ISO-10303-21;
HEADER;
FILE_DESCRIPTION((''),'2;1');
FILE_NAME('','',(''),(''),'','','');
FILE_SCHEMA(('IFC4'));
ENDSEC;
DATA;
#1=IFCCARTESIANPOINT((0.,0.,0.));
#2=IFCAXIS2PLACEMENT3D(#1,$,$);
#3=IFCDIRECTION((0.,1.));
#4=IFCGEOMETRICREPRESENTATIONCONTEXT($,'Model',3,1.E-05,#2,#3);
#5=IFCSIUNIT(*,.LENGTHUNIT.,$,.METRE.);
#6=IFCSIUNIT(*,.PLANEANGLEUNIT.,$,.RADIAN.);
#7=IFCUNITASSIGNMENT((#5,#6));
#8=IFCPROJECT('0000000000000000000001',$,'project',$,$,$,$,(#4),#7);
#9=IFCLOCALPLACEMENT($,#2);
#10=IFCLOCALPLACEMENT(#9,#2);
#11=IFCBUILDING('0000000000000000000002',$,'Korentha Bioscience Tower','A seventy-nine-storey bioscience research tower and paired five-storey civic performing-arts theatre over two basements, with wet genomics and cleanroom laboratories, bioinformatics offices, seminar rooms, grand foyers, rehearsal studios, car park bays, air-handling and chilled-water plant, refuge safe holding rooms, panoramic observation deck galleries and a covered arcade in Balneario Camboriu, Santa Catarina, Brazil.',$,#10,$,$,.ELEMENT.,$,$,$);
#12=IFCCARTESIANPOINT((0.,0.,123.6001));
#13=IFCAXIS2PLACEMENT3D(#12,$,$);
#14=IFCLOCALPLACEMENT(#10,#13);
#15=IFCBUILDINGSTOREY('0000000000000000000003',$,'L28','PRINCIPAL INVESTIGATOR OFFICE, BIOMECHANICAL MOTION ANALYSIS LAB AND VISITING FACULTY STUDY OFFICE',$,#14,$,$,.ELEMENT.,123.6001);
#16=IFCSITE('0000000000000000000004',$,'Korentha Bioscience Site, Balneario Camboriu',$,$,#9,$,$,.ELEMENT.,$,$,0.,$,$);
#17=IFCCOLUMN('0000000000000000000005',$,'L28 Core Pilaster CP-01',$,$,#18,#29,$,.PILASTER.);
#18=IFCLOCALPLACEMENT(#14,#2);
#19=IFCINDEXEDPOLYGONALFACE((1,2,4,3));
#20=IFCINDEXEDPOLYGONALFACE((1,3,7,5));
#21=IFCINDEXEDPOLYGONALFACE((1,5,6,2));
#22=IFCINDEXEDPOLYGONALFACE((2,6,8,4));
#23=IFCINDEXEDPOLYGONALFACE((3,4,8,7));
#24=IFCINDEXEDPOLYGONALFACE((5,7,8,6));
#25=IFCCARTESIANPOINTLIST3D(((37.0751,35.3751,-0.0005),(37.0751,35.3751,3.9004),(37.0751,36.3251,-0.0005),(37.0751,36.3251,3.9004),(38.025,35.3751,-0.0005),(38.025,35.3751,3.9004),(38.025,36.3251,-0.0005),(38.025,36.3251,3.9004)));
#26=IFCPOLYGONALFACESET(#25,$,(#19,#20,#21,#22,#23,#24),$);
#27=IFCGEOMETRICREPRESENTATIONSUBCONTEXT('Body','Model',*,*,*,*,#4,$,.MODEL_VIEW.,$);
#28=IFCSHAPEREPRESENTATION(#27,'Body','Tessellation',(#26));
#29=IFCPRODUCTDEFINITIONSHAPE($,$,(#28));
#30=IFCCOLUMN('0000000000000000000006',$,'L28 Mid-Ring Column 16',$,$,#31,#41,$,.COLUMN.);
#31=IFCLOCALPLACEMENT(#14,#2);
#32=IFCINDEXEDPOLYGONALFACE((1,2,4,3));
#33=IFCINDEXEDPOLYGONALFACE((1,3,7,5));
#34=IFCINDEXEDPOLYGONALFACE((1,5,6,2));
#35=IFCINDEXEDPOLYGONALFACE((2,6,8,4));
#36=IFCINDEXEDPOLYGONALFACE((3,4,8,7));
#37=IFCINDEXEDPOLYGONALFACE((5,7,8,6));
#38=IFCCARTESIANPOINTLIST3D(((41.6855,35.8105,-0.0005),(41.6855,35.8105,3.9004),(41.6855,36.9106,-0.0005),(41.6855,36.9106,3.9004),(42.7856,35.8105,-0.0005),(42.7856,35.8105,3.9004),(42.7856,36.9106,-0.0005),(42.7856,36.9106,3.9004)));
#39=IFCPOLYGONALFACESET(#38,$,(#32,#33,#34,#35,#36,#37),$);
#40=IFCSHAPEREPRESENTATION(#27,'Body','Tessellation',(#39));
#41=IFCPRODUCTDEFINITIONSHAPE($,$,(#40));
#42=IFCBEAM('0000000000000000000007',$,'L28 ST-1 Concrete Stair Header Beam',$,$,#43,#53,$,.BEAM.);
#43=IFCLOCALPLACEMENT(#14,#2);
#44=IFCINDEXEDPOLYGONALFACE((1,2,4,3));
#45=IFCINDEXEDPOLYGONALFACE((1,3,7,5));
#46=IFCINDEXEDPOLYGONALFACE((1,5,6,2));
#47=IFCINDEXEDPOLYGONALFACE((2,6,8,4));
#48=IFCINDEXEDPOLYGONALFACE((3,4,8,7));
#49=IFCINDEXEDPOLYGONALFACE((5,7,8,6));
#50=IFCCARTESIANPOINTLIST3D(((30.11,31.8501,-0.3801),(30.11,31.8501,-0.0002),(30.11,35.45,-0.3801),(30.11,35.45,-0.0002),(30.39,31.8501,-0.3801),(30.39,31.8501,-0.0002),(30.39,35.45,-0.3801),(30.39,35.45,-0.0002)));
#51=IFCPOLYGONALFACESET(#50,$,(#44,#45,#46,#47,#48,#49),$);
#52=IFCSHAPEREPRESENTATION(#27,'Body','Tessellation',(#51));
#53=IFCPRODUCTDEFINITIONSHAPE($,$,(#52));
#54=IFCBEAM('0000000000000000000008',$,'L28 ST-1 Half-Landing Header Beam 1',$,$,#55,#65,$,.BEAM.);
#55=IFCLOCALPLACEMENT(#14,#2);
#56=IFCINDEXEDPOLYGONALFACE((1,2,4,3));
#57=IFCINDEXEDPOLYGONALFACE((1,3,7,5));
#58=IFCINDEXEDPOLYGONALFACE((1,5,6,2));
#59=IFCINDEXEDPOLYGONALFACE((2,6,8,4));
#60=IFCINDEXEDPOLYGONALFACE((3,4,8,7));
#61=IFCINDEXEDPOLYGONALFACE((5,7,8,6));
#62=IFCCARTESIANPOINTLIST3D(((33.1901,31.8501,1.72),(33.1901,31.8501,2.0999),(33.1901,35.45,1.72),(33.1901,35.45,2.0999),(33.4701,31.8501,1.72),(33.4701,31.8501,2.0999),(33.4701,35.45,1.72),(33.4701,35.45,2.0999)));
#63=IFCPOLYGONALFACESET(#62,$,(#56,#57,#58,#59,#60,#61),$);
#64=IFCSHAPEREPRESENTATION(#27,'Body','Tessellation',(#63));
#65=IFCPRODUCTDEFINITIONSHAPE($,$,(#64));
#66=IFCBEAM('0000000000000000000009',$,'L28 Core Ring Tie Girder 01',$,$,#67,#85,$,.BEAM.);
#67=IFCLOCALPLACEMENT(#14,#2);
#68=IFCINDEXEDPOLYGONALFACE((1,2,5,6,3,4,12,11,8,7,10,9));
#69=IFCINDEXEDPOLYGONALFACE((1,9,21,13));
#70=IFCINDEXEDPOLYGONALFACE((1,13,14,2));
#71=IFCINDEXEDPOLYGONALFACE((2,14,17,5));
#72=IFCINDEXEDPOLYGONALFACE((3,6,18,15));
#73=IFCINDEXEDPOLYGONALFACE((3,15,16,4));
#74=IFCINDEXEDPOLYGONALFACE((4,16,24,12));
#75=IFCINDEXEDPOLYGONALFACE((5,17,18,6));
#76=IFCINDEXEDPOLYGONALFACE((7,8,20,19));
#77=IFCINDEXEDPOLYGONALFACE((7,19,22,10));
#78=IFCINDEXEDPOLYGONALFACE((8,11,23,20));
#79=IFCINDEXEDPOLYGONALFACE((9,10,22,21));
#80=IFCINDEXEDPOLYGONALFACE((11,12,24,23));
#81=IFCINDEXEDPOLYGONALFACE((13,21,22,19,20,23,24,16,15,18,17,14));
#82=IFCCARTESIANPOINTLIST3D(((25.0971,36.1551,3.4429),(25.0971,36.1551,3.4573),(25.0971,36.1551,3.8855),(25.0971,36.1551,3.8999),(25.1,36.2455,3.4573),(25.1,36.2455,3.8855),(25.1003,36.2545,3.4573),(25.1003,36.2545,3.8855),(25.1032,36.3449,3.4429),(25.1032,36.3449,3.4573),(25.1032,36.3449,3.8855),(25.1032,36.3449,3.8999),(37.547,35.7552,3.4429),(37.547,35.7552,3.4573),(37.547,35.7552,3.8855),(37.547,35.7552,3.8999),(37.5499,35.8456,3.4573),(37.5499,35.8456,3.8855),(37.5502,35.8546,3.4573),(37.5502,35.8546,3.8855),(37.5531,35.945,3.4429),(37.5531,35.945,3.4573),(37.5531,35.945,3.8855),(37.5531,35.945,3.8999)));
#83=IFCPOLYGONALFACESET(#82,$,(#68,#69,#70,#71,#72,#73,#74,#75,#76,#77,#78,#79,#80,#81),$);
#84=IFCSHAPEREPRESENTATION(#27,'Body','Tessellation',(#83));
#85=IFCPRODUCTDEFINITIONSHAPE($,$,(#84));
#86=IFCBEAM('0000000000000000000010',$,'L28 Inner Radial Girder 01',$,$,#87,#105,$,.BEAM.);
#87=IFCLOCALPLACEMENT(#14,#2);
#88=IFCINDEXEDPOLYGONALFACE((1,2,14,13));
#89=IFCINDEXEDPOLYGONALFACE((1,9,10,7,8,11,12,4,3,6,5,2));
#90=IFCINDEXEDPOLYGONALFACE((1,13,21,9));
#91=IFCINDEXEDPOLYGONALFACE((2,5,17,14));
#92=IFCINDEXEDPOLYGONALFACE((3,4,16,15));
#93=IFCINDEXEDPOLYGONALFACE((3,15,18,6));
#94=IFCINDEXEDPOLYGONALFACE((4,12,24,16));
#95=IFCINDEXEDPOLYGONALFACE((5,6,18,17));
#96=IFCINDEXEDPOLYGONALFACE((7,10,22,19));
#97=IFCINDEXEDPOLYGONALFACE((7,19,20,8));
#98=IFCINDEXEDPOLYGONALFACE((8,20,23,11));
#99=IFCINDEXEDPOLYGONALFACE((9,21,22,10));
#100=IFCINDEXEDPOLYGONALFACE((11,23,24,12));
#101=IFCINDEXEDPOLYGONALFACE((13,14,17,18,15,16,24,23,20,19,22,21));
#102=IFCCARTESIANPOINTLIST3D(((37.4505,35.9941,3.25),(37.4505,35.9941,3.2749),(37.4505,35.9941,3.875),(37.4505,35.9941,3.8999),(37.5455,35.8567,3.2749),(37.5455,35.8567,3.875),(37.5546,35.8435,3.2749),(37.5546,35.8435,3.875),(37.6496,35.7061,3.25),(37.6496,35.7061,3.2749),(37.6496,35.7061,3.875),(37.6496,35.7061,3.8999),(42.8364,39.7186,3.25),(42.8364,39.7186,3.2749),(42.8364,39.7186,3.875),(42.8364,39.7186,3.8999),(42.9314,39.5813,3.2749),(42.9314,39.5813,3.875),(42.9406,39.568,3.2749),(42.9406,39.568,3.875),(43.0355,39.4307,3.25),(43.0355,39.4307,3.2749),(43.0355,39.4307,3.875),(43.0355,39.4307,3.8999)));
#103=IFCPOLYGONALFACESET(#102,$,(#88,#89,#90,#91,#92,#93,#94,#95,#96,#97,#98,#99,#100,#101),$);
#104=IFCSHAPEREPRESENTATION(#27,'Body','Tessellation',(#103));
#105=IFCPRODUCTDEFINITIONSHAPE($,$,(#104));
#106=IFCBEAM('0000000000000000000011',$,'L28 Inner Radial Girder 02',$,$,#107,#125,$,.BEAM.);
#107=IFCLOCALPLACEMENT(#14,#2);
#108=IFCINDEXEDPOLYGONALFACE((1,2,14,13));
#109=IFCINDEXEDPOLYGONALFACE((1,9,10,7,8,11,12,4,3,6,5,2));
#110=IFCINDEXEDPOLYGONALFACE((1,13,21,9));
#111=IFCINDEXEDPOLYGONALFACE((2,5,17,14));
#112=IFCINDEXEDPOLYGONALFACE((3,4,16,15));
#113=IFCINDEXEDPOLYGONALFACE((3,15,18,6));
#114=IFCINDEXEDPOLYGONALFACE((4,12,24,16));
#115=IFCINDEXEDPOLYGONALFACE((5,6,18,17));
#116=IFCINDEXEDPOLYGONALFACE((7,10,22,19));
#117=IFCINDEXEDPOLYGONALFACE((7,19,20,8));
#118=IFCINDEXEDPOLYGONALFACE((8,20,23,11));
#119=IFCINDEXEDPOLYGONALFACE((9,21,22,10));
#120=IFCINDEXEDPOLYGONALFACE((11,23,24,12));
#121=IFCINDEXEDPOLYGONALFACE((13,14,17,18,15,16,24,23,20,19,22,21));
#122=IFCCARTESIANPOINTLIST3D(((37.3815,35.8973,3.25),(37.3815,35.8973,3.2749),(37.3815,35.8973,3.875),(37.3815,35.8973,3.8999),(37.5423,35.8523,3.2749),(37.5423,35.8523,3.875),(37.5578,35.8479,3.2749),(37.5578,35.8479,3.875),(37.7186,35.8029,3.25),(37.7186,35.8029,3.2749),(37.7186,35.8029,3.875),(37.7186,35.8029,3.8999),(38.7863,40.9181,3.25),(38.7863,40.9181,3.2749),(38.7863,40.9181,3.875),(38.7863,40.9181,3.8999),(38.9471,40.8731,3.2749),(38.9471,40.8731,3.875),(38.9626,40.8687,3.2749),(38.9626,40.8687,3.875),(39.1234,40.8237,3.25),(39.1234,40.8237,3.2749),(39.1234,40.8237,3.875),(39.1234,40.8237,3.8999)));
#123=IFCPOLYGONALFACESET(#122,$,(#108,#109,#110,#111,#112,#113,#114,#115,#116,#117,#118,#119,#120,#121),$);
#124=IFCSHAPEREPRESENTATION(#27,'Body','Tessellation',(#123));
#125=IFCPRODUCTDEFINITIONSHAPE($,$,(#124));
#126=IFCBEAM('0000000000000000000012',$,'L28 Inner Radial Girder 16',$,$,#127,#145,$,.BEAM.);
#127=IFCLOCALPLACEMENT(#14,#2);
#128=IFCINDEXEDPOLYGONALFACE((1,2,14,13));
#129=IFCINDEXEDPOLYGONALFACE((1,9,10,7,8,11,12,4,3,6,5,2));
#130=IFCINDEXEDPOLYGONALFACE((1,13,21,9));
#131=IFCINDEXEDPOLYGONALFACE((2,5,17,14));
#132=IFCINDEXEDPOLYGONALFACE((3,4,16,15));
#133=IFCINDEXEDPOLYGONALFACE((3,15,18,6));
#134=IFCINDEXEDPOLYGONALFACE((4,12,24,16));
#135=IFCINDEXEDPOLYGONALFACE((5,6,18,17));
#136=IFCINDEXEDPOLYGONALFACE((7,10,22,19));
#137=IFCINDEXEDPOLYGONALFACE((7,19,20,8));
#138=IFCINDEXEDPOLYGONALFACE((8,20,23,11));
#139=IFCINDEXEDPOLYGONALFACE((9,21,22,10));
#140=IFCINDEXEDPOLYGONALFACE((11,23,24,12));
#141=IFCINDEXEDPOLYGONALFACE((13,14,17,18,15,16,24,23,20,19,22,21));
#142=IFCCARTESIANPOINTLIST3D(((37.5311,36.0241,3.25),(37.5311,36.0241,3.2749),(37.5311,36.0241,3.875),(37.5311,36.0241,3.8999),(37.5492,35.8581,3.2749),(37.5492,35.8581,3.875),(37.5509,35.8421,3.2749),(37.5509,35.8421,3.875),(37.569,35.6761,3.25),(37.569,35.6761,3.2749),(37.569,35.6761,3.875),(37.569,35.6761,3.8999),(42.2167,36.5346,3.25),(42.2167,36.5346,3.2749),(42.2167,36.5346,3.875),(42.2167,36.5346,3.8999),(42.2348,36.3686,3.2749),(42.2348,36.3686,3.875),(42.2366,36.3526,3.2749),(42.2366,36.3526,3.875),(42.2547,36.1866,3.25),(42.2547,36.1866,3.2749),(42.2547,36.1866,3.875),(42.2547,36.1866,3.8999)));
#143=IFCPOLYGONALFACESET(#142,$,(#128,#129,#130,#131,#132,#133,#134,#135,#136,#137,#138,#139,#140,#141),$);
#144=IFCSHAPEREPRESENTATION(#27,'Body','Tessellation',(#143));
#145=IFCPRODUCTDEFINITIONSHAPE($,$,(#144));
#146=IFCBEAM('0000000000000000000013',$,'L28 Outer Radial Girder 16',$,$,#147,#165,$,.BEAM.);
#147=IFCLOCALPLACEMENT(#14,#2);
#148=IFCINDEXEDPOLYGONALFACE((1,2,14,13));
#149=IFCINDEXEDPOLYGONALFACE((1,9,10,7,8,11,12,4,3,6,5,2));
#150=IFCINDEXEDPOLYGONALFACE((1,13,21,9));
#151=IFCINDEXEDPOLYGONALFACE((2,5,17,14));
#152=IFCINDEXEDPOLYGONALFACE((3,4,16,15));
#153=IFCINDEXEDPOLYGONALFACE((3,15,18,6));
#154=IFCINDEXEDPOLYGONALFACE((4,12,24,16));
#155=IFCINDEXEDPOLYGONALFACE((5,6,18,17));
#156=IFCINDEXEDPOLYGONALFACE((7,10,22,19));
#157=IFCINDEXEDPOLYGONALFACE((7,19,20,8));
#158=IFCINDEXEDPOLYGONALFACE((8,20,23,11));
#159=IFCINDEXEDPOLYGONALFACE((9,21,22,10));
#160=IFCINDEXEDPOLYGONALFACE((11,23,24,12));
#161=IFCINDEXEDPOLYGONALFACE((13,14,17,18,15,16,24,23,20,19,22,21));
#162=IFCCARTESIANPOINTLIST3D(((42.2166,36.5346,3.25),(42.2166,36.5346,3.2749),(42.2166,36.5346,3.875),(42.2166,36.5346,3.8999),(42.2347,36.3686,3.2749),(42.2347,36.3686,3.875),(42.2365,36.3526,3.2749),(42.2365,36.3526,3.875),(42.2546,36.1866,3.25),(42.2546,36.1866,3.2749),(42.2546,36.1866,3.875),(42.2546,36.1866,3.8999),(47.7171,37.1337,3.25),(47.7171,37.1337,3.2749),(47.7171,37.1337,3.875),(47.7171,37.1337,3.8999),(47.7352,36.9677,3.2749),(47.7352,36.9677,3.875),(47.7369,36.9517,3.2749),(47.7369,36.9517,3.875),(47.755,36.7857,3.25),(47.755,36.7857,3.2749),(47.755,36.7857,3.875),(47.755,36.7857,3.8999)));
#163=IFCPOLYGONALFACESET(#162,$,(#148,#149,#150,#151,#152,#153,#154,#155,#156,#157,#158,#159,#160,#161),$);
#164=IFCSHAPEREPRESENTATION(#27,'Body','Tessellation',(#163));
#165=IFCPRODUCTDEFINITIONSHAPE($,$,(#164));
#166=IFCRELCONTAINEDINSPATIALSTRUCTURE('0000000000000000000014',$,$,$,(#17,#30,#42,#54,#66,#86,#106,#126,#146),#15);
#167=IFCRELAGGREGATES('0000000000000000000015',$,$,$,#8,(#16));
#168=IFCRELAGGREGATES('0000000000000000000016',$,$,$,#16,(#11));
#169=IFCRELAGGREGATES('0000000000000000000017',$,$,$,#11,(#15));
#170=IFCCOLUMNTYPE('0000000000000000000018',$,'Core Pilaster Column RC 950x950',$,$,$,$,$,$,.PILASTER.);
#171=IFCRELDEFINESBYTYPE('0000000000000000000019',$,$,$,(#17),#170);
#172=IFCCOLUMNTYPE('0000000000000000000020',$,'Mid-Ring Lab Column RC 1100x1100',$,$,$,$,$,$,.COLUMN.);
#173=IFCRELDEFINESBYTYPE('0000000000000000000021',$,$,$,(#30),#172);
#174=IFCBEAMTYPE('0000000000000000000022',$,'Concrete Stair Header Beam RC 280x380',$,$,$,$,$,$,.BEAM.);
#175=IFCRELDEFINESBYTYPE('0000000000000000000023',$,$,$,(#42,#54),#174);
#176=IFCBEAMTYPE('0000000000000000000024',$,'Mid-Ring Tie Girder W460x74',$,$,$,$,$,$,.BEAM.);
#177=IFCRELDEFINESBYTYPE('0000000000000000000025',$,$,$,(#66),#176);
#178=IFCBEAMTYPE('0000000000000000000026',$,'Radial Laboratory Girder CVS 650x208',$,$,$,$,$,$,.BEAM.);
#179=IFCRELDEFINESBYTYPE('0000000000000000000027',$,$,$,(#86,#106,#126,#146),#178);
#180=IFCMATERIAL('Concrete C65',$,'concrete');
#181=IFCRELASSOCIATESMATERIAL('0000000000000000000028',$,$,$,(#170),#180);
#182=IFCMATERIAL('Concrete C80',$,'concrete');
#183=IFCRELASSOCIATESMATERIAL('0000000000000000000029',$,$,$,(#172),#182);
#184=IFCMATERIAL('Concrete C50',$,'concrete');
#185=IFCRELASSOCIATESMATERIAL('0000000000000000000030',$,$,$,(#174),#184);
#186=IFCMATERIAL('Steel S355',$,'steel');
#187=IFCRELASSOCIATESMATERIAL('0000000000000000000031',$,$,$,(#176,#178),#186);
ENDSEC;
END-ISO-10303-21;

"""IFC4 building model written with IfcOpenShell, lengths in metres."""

from ifc_helpers import new_model, si_unit, direction, frame, origin, origin_2d, place, context, subcontext, project, spatial, rectangle, i_section, extrude, material, material_profile, profile_set, type_object, element, save


model = new_model("IFC4")

# Units and contexts
model_context = context("Model", 3, precision=1e-05, world=origin(), true_north=direction((0.0, 1.0)))
body_context = subcontext(model_context, "Body", "Model", "MODEL_VIEW")
ifc_project = project(units=[si_unit("LENGTHUNIT", "METRE"), si_unit("PLANEANGLEUNIT", "RADIAN")], contexts=[model_context])

# Site, building, storey
site_placement = place(None, origin())
site = spatial("IfcSite", under=ifc_project, at=site_placement, Name="Korentha Bioscience Site, Balneario Camboriu", CompositionType="ELEMENT", RefElevation=0.0)
building_placement = place(site_placement, origin())
building = spatial("IfcBuilding", under=site, at=building_placement, Name="Korentha Bioscience Tower", Description="A seventy-nine-storey bioscience research tower and paired five-storey civic performing-arts theatre over two basements, with wet genomics and cleanroom laboratories, bioinformatics offices, seminar rooms, grand foyers, rehearsal studios, car park bays, air-handling and chilled-water plant, refuge safe holding rooms, panoramic observation deck galleries and a covered arcade in Balneario Camboriu, Santa Catarina, Brazil.", CompositionType="ELEMENT")
storey_placement = place(building_placement, frame((0.0, 0.0, 123.6001)))
storey = spatial("IfcBuildingStorey", under=building, at=storey_placement, Name="L28", Description="PRINCIPAL INVESTIGATOR OFFICE, BIOMECHANICAL MOTION ANALYSIS LAB AND VISITING FACULTY STUDY OFFICE", CompositionType="ELEMENT", Elevation=123.6001)

# Columns
ifc_material_1 = material(Name="Concrete C65", Category="concrete")
ifc_material_profile_1 = material_profile(ifc_material_1, rectangle(XDim=0.95, YDim=0.95, at=origin_2d()), Name="Concrete C65")
ifc_profile_set_1 = profile_set([ifc_material_profile_1], Name="Concrete C65 (COL-CP09)")
column_type_1 = type_object("IfcColumnType", Name="Core Pilaster Column RC 950x950", PredefinedType="PILASTER", material=ifc_profile_set_1)
column_1_placement = place(storey_placement, frame((37.55, 35.8501, -0.0005), z_axis=(0.0, 0.0, 1.0), x_axis=(1.0, 0.0, 0.0)))
element("IfcColumn", 1, at=column_1_placement, inside=storey, type_object=column_type_1, Name="L28 Core Pilaster CP-01", PredefinedType="PILASTER", context=body_context, shape_type="SweptSolid", body=[
    extrude(rectangle(XDim=0.95, YDim=0.95, at=origin_2d()), origin(), (0.0, 0.0, 1.0), 3.9009),
])
ifc_material_2 = material(Name="Concrete C80", Category="concrete")
ifc_material_profile_2 = material_profile(ifc_material_2, rectangle(XDim=1.1001, YDim=1.1001, at=origin_2d()), Name="Concrete C80")
ifc_profile_set_2 = profile_set([ifc_material_profile_2], Name="Concrete C80 (COL-MR11)")
column_type_2 = type_object("IfcColumnType", Name="Mid-Ring Lab Column RC 1100x1100", PredefinedType="COLUMN", material=ifc_profile_set_2)
column_2_placement = place(storey_placement, frame((42.2356, 36.3606, -0.0005), z_axis=(0.0, 0.0, 1.0), x_axis=(1.0, 0.0, 0.0)))
element("IfcColumn", 2, at=column_2_placement, inside=storey, type_object=column_type_2, Name="L28 Mid-Ring Column 16", PredefinedType="COLUMN", context=body_context, shape_type="SweptSolid", body=[
    extrude(rectangle(XDim=1.1001, YDim=1.1001, at=origin_2d()), origin(), (0.0, 0.0, 1.0), 3.9009),
])

# Beams
ifc_material_3 = material(Name="Concrete C50", Category="concrete")
ifc_material_profile_3 = material_profile(ifc_material_3, rectangle(XDim=0.28, YDim=0.3799, at=origin_2d()), Name="Concrete C50")
ifc_profile_set_3 = profile_set([ifc_material_profile_3], Name="Concrete C50 (ST-HB380)")
beam_type_1 = type_object("IfcBeamType", Name="Concrete Stair Header Beam RC 280x380", PredefinedType="BEAM", material=ifc_profile_set_3)
for number, where, z_axis, x_axis, name in (
    (3, (30.25, 31.8501, -0.1902), (0.0, 1.0, 0.0), (-1.0, 0.0, 0.0), "L28 ST-1 Concrete Stair Header Beam"),
    (4, (33.3301, 31.8501, 1.9099), (0.0, 1.0, 0.0), (-1.0, 0.0, 0.0), "L28 ST-1 Half-Landing Header Beam 1"),
):
    element("IfcBeam", number, at=place(storey_placement, frame(where, z_axis=z_axis, x_axis=x_axis)), inside=storey, type_object=beam_type_1, Name=name, PredefinedType="BEAM", context=body_context, shape_type="SweptSolid", body=[
        extrude(rectangle(XDim=0.28, YDim=0.3799, at=origin_2d()), origin(), (0.0, 0.0, 1.0), 3.5999),
    ])
ifc_material_4 = material(Name="Steel S355", Category="steel")
ifc_material_profile_4 = material_profile(ifc_material_4, i_section(OverallWidth=0.1899, OverallDepth=0.457, WebThickness=0.009, FlangeThickness=0.0144, at=origin_2d()), Name="Steel S355")
ifc_profile_set_4 = profile_set([ifc_material_profile_4], Name="Steel S355 (MB-460)")
beam_type_2 = type_object("IfcBeamType", Name="Mid-Ring Tie Girder W460x74", PredefinedType="BEAM", material=ifc_profile_set_4)
beam_1_placement = place(storey_placement, frame((37.55, 35.8501, 3.6714), z_axis=(-0.999485, 0.032104, 0.0), x_axis=(-0.032104, -0.999485, 0.0)))
element("IfcBeam", 5, at=beam_1_placement, inside=storey, type_object=beam_type_2, Name="L28 Core Ring Tie Girder 01", PredefinedType="BEAM", context=body_context, shape_type="SweptSolid", body=[
    extrude(i_section(OverallWidth=0.1899, OverallDepth=0.457, WebThickness=0.009, FlangeThickness=0.0144, at=origin_2d()), origin(), (0.0, 0.0, 1.0), 12.4563),
])
ifc_material_profile_5 = material_profile(ifc_material_4, i_section(OverallWidth=0.3501, OverallDepth=0.6499, WebThickness=0.0161, FlangeThickness=0.0249, at=origin_2d()), Name="Steel S355")
ifc_profile_set_5 = profile_set([ifc_material_profile_5], Name="Steel S355 (RB-650)")
beam_type_3 = type_object("IfcBeamType", Name="Radial Laboratory Girder CVS 650x208", PredefinedType="BEAM", material=ifc_profile_set_5)
beam_2_placement = place(storey_placement, frame((37.55, 35.8501, 3.575), z_axis=(0.822489, 0.568781, 0.0), x_axis=(-0.568781, 0.822489, 0.0)))
element("IfcBeam", 6, at=beam_2_placement, inside=storey, type_object=beam_type_3, Name="L28 Inner Radial Girder 01", PredefinedType="BEAM", context=body_context, shape_type="SweptSolid", body=[
    extrude(i_section(OverallWidth=0.3501, OverallDepth=0.6499, WebThickness=0.0161, FlangeThickness=0.0249, at=origin_2d()), origin(), (0.0, 0.0, 1.0), 6.5483),
])
beam_3_placement = place(storey_placement, frame((37.55, 35.8501, 3.575), z_axis=(0.269448, 0.963015, 0.0), x_axis=(-0.963015, 0.269448, 0.0)))
element("IfcBeam", 7, at=beam_3_placement, inside=storey, type_object=beam_type_3, Name="L28 Inner Radial Girder 02", PredefinedType="BEAM", context=body_context, shape_type="SweptSolid", body=[
    extrude(i_section(OverallWidth=0.3501, OverallDepth=0.6499, WebThickness=0.0161, FlangeThickness=0.0249, at=origin_2d()), origin(), (0.0, 0.0, 1.0), 5.2136),
])
beam_4_placement = place(storey_placement, frame((37.55, 35.8501, 3.575), z_axis=(0.994117, 0.108311, 0.0), x_axis=(-0.108311, 0.994117, 0.0)))
element("IfcBeam", 8, at=beam_4_placement, inside=storey, type_object=beam_type_3, Name="L28 Inner Radial Girder 16", PredefinedType="BEAM", context=body_context, shape_type="SweptSolid", body=[
    extrude(i_section(OverallWidth=0.3501, OverallDepth=0.6499, WebThickness=0.0161, FlangeThickness=0.0249, at=origin_2d()), origin(), (0.0, 0.0, 1.0), 4.7134),
])
beam_5_placement = place(storey_placement, frame((42.2356, 36.3606, 3.575), z_axis=(0.99412, 0.108281, 0.0), x_axis=(-0.108281, 0.99412, 0.0)))
element("IfcBeam", 9, at=beam_5_placement, inside=storey, type_object=beam_type_3, Name="L28 Outer Radial Girder 16", PredefinedType="BEAM", context=body_context, shape_type="SweptSolid", body=[
    extrude(i_section(OverallWidth=0.3501, OverallDepth=0.6499, WebThickness=0.0161, FlangeThickness=0.0249, at=origin_2d()), origin(), (0.0, 0.0, 1.0), 5.533),
])

save(model, "model.ifc")
